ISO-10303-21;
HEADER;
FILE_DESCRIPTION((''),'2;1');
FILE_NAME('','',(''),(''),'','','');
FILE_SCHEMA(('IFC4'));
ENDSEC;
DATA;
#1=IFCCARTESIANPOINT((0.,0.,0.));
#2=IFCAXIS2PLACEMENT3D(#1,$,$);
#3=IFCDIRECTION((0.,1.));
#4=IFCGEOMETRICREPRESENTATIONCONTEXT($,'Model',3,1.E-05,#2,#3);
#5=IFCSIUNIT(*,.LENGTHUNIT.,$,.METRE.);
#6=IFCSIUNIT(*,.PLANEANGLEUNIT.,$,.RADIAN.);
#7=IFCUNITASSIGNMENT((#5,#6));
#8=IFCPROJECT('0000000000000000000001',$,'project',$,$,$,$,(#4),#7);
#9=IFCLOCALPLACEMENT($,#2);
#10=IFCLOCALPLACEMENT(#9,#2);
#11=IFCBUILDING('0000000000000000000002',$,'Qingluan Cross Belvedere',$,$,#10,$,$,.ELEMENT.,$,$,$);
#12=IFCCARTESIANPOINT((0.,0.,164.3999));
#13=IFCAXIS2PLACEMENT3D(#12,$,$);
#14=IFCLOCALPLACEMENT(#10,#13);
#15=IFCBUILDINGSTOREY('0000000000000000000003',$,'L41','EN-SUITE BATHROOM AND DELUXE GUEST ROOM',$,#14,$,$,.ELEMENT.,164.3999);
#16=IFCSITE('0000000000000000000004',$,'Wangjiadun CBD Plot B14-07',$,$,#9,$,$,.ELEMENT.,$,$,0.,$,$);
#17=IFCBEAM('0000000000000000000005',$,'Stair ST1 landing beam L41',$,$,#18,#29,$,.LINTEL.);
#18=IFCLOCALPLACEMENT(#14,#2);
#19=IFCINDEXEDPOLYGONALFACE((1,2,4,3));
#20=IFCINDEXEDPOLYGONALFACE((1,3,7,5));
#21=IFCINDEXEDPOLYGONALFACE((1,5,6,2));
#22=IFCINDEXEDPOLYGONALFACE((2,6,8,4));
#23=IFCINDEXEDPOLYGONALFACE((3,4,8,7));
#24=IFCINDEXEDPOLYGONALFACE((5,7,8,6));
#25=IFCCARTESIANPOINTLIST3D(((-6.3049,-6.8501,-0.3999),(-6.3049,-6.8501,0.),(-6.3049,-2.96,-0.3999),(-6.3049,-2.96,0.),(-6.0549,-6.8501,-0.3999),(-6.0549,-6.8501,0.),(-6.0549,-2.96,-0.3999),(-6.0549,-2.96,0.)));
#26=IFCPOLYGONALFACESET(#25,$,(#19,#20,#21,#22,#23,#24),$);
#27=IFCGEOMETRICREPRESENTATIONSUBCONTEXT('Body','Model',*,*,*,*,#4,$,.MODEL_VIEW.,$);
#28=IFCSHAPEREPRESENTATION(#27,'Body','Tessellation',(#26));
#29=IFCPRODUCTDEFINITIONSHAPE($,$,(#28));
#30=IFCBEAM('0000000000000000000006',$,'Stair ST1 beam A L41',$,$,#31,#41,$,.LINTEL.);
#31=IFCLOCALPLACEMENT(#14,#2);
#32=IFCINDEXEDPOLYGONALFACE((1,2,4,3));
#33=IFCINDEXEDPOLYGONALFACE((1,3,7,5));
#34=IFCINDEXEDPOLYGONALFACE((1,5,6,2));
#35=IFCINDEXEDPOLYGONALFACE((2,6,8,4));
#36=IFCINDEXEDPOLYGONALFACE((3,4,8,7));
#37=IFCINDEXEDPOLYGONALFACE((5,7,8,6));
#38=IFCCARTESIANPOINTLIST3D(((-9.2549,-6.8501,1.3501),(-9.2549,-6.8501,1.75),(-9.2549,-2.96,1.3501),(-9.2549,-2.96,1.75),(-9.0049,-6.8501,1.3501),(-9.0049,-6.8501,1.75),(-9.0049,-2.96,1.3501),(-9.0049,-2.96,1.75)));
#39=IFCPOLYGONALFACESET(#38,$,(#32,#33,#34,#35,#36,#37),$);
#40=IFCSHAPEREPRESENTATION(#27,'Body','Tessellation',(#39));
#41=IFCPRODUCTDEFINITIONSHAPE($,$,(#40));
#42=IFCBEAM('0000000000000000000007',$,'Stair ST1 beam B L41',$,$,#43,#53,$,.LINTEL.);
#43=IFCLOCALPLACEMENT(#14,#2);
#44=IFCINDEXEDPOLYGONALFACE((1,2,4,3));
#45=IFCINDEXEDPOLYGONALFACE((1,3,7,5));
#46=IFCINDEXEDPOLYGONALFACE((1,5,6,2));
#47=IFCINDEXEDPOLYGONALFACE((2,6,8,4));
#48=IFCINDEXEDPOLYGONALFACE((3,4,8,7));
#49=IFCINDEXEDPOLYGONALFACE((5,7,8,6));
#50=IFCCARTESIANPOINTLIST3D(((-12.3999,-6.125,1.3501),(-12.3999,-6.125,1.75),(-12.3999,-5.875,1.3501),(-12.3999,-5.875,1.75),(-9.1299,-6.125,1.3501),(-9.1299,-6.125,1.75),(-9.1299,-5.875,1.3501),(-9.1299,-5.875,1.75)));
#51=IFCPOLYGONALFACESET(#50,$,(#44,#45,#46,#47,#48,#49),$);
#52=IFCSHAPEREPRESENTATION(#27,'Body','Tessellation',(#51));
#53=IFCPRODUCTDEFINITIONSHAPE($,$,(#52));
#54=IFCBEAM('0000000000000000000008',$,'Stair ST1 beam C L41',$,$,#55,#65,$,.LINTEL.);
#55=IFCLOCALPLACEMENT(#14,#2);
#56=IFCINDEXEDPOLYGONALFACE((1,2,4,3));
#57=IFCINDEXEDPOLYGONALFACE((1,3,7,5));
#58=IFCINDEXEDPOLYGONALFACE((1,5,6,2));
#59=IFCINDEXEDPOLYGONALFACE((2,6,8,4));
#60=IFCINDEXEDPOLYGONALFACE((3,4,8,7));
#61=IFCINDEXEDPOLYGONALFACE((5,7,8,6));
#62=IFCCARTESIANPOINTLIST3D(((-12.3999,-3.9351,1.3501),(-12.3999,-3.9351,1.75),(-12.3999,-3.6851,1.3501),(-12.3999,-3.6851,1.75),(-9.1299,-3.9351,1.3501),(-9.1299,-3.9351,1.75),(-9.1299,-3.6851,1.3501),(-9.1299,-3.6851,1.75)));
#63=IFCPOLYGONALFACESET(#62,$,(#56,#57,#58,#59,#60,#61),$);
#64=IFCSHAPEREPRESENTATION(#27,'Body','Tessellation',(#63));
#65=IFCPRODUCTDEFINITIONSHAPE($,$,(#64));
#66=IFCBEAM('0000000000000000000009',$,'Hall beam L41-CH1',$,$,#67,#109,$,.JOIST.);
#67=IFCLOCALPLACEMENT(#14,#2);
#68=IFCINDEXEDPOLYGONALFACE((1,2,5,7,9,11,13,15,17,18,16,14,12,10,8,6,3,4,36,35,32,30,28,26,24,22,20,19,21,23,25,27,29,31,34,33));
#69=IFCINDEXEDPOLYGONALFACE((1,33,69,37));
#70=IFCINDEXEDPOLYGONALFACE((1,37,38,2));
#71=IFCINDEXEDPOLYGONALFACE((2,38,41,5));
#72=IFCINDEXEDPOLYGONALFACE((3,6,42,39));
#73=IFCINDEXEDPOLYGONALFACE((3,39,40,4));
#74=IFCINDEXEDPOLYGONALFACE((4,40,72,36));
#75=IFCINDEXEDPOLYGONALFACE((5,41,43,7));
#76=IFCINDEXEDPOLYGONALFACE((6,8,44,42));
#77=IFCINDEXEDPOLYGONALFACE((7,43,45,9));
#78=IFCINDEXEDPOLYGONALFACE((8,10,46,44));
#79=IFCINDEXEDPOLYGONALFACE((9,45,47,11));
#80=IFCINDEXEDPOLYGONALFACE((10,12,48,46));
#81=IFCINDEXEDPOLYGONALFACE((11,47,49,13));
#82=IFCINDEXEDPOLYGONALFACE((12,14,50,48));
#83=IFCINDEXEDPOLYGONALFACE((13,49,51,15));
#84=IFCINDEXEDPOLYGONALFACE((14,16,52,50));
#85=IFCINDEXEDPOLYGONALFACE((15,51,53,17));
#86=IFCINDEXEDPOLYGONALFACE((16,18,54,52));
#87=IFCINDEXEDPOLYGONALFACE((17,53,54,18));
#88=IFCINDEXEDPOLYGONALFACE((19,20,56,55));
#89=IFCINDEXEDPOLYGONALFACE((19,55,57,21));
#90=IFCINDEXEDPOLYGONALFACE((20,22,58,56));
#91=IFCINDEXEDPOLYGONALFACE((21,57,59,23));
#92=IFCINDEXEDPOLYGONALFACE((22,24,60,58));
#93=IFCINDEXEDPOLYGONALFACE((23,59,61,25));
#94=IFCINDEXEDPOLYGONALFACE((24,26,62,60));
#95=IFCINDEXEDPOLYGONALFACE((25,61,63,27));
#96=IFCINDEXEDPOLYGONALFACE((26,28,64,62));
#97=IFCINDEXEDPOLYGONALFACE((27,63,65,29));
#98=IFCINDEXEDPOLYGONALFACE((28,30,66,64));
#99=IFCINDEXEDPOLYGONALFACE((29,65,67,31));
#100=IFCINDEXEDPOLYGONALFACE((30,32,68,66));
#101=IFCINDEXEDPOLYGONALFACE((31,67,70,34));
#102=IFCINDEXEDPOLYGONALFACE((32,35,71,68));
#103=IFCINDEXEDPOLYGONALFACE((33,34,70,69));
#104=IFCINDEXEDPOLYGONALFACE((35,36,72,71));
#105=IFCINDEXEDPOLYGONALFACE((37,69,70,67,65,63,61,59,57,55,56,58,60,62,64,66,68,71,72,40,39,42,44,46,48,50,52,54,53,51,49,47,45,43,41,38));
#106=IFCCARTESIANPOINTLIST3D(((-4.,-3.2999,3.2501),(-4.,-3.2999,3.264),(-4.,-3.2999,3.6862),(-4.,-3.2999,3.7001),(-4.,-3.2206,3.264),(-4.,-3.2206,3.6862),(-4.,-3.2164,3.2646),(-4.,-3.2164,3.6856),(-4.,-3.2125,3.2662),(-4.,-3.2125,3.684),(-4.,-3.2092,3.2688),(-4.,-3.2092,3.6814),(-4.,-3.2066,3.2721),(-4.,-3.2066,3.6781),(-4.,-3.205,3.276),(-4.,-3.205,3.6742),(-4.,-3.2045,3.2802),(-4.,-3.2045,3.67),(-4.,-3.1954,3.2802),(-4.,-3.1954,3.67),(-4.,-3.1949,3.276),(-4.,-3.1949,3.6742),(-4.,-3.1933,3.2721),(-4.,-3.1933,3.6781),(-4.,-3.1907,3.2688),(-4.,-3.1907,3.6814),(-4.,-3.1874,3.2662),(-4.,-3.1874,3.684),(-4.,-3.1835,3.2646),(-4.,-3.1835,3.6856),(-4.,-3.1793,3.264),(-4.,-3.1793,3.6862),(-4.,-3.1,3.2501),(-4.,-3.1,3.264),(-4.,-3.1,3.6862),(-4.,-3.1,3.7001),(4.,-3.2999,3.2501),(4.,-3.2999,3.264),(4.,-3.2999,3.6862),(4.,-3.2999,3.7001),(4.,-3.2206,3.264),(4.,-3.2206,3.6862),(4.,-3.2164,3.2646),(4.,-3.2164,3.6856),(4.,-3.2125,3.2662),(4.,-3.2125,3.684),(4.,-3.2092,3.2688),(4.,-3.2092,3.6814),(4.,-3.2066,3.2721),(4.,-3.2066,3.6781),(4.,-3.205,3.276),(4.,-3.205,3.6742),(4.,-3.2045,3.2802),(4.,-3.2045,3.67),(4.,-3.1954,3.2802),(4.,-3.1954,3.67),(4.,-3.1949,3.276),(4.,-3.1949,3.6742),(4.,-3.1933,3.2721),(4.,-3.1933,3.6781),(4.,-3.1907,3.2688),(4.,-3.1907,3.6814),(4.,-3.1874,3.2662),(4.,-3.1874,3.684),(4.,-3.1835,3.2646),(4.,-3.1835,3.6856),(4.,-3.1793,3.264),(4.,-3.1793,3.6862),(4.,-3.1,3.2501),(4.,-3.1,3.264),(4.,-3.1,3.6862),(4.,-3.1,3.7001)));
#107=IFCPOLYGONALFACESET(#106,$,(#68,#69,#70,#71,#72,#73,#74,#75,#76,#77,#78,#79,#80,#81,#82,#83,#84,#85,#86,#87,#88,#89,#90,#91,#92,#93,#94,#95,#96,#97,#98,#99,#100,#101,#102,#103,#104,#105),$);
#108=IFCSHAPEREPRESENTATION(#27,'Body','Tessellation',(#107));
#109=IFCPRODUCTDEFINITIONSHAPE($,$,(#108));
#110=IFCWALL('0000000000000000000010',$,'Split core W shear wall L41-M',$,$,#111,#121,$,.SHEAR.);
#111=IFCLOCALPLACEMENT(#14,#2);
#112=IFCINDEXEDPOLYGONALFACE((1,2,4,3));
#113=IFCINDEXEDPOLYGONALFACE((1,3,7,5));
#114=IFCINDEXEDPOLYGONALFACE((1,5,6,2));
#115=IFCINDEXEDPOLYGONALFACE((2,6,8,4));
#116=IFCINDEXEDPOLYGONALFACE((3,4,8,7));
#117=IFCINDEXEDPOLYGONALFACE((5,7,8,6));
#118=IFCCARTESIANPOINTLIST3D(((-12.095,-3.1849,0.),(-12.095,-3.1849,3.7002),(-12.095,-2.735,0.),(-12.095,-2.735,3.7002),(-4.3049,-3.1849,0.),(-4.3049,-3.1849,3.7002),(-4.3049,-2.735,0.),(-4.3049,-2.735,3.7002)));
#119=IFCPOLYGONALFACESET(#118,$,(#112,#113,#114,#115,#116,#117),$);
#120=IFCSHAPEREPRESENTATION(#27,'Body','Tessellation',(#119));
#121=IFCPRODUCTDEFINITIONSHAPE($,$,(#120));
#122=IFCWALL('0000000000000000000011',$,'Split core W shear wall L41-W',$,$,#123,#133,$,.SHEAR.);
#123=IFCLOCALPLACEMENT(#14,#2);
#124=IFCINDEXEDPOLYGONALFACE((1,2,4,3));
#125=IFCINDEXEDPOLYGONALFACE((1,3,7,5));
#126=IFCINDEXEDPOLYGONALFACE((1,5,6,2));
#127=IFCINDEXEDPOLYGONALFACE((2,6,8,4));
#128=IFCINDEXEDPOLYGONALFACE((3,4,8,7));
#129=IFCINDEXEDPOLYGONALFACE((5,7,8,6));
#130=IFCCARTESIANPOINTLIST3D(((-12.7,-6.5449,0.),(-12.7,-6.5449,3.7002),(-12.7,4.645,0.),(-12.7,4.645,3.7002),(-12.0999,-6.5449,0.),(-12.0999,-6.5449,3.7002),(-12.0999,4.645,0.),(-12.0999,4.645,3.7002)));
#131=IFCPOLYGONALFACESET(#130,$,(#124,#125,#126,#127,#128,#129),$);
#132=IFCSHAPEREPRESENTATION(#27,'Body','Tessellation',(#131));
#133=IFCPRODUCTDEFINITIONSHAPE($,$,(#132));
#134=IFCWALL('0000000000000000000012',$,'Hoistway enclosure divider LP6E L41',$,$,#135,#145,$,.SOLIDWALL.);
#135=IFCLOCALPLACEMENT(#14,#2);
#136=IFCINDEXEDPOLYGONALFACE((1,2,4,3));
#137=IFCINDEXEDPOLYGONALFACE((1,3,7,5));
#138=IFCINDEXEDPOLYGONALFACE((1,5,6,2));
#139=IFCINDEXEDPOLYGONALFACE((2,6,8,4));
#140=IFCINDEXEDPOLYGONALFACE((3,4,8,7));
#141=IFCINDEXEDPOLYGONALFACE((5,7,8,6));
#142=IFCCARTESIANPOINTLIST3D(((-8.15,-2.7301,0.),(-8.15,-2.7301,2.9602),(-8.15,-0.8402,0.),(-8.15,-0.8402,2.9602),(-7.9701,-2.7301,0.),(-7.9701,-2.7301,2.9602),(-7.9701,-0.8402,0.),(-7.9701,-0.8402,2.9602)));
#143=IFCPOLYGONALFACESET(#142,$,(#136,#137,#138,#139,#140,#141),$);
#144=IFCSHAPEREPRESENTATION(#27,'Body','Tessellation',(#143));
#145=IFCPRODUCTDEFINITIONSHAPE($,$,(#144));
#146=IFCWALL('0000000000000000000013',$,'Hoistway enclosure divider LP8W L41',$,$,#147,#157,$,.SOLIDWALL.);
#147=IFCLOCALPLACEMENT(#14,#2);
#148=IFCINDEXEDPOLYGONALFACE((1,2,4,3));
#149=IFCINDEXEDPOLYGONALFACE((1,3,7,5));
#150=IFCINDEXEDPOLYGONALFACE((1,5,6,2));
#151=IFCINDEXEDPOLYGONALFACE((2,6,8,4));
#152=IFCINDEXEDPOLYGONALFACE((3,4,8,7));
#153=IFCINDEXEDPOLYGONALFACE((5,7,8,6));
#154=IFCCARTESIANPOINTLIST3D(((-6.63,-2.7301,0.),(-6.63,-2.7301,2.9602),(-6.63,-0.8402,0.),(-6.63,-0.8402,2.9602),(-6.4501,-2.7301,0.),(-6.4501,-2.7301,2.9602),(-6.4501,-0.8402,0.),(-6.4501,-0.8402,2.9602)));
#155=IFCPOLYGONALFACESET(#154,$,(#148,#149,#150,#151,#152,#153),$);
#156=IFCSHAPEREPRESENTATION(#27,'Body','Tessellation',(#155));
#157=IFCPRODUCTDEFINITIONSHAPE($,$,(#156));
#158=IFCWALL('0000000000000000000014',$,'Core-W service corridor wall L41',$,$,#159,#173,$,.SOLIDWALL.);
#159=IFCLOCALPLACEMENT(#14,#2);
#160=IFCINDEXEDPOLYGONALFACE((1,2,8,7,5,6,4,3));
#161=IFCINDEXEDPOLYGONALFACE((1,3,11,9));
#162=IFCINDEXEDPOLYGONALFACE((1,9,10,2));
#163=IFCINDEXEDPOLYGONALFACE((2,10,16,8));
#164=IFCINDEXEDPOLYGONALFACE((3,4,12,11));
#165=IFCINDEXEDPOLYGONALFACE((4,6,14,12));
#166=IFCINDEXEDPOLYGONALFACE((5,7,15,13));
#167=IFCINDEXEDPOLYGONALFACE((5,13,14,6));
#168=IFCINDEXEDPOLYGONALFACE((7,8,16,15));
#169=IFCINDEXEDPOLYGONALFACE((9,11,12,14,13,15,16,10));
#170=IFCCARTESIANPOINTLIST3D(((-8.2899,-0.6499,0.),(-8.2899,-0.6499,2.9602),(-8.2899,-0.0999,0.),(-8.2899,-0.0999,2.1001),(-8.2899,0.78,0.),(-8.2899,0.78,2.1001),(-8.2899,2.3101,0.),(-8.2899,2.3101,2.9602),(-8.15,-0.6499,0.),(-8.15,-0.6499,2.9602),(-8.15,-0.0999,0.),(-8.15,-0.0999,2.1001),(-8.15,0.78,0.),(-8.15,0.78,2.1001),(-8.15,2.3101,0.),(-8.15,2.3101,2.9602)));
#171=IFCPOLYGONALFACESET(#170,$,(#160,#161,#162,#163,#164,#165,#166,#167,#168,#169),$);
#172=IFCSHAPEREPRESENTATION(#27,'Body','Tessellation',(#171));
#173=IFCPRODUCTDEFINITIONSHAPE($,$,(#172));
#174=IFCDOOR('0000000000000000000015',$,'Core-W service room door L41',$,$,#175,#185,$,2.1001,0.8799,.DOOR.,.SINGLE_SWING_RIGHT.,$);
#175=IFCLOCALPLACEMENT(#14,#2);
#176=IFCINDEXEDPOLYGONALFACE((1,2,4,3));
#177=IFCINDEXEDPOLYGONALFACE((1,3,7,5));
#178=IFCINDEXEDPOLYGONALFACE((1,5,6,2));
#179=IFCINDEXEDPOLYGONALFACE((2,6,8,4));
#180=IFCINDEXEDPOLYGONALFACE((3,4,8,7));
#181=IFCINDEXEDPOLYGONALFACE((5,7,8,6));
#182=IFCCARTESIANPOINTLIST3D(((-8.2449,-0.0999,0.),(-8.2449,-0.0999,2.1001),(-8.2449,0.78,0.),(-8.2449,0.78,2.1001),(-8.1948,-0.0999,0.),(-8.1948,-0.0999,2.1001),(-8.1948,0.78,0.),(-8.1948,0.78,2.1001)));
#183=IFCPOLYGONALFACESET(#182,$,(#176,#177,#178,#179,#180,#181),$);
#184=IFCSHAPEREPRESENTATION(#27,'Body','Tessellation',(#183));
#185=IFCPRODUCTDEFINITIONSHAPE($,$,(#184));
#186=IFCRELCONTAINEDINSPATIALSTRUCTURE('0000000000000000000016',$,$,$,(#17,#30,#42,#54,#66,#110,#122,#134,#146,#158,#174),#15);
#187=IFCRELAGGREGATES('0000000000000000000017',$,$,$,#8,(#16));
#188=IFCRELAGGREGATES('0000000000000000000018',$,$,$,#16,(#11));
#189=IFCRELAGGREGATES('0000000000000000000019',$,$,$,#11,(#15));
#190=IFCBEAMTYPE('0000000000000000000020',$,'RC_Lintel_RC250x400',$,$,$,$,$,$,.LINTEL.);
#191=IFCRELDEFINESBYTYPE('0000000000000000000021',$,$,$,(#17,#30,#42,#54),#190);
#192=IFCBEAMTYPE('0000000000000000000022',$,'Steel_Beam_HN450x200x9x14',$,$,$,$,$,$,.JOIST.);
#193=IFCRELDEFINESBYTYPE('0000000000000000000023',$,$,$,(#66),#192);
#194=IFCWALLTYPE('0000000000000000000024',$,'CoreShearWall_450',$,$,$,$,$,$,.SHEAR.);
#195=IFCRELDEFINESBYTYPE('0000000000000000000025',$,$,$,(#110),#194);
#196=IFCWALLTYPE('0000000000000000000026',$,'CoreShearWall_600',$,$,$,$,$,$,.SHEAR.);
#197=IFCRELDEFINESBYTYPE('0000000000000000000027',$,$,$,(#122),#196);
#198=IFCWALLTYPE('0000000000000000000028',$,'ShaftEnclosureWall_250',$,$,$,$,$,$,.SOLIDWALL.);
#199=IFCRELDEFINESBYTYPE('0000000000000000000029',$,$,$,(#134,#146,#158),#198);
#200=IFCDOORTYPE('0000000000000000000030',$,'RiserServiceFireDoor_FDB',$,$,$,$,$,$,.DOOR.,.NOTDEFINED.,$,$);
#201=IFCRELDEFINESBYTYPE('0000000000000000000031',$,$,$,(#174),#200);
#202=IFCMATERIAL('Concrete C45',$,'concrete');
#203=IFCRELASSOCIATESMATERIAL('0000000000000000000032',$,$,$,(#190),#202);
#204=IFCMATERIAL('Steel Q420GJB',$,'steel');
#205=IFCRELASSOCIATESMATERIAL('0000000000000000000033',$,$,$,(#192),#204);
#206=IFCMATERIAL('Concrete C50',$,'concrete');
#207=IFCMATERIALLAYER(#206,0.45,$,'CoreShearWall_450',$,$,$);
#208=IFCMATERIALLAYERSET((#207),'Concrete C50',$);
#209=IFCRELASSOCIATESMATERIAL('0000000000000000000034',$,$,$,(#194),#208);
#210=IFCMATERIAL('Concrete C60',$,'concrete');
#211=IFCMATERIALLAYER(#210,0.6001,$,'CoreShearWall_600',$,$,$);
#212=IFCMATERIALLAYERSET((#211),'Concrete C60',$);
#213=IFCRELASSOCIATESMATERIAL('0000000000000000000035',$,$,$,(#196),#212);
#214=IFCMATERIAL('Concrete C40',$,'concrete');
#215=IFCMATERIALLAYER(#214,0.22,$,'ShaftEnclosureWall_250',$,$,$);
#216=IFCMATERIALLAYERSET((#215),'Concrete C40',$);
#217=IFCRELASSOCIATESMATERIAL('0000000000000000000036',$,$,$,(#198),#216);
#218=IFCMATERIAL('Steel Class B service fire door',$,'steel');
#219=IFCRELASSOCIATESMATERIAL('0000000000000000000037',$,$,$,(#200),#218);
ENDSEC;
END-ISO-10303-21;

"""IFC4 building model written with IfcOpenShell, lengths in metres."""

from ifc_helpers import new_model, si_unit, direction, frame, frame_2d, origin, origin_2d, place, context, subcontext, project, spatial, rectangle, i_section, extrude, material, layer, layer_set, material_profile, profile_set, type_object, element, fill, save


model = new_model("IFC4")

# Units and contexts
model_context = context("Model", 3, precision=1e-05, world=origin(), true_north=direction((0.0, 1.0)))
body_context = subcontext(model_context, "Body", "Model", "MODEL_VIEW")
ifc_project = project(units=[si_unit("LENGTHUNIT", "METRE"), si_unit("PLANEANGLEUNIT", "RADIAN")], contexts=[model_context])

# Site, building, storey
site_placement = place(None, origin())
site = spatial("IfcSite", under=ifc_project, at=site_placement, Name="Wangjiadun CBD Plot B14-07", CompositionType="ELEMENT", RefElevation=0.0)
building_placement = place(site_placement, origin())
building = spatial("IfcBuilding", under=site, at=building_placement, Name="Qingluan Cross Belvedere", CompositionType="ELEMENT")
storey_placement = place(building_placement, frame((0.0, 0.0, 164.3999)))
storey = spatial("IfcBuildingStorey", under=building, at=storey_placement, Name="L41", Description="EN-SUITE BATHROOM AND DELUXE GUEST ROOM", CompositionType="ELEMENT", Elevation=164.3999)

# Beams
ifc_material_1 = material(Name="Concrete C45", Category="concrete")
ifc_material_profile_1 = material_profile(ifc_material_1, rectangle(XDim=0.25, YDim=0.3999, at=origin_2d()), Name="RC250x400")
ifc_profile_set_1 = profile_set([ifc_material_profile_1], Name="Concrete C45")
beam_type_1 = type_object("IfcBeamType", Name="RC_Lintel_RC250x400", PredefinedType="LINTEL", material=ifc_profile_set_1)
for number, where, z_axis, x_axis, name in (
    (1, (-6.1799, -6.8501, -0.2), (0.0, 1.0, 0.0), (-1.0, 0.0, 0.0), "Stair ST1 landing beam L41"),
    (2, (-9.1299, -6.8501, 1.55), (0.0, 1.0, 0.0), (-1.0, 0.0, 0.0), "Stair ST1 beam A L41"),
):
    element("IfcBeam", number, at=place(storey_placement, frame(where, z_axis=z_axis, x_axis=x_axis)), inside=storey, type_object=beam_type_1, Name=name, PredefinedType="LINTEL", context=body_context, shape_type="SweptSolid", body=[
        extrude(rectangle(XDim=0.25, YDim=0.3999, at=origin_2d()), origin(), (0.0, 0.0, 1.0), 3.8901),
    ])
for number, where, z_axis, x_axis, name in (
    (3, (-12.3999, -6.0, 1.55), (1.0, 0.0, 0.0), (0.0, 1.0, 0.0), "Stair ST1 beam B L41"),
    (4, (-12.3999, -3.8101, 1.55), (1.0, 0.0, 0.0), (0.0, 1.0, 0.0), "Stair ST1 beam C L41"),
):
    element("IfcBeam", number, at=place(storey_placement, frame(where, z_axis=z_axis, x_axis=x_axis)), inside=storey, type_object=beam_type_1, Name=name, PredefinedType="LINTEL", context=body_context, shape_type="SweptSolid", body=[
        extrude(rectangle(XDim=0.25, YDim=0.3999, at=origin_2d()), origin(), (0.0, 0.0, 1.0), 3.27),
    ])
ifc_material_2 = material(Name="Steel Q420GJB", Category="steel")
ifc_material_profile_2 = material_profile(ifc_material_2, i_section(OverallWidth=0.2, OverallDepth=0.45, WebThickness=0.009, FlangeThickness=0.0139, FilletRadius=0.0161, at=origin_2d()), Name="HN450x200x9x14")
ifc_profile_set_2 = profile_set([ifc_material_profile_2], Name="Steel Q420GJB")
beam_type_2 = type_object("IfcBeamType", Name="Steel_Beam_HN450x200x9x14", PredefinedType="JOIST", material=ifc_profile_set_2)
beam_placement = place(storey_placement, frame((-4.0, -3.2, 3.4751), z_axis=(1.0, 0.0, 0.0), x_axis=(0.0, 1.0, 0.0)))
element("IfcBeam", 5, at=beam_placement, inside=storey, type_object=beam_type_2, Name="Hall beam L41-CH1", PredefinedType="JOIST", context=body_context, shape_type="SweptSolid", body=[
    extrude(i_section(OverallWidth=0.2, OverallDepth=0.45, WebThickness=0.009, FlangeThickness=0.0139, FilletRadius=0.0161, at=origin_2d()), origin(), (0.0, 0.0, 1.0), 8.0),
])

# Walls
ifc_material_3 = material(Name="Concrete C50", Category="concrete")
ifc_layer_1 = layer(ifc_material_3, 0.45, Name="CoreShearWall_450")
ifc_layer_set_1 = layer_set([ifc_layer_1], Name="Concrete C50")
wall_type_1 = type_object("IfcWallType", Name="CoreShearWall_450", PredefinedType="SHEAR", material=ifc_layer_set_1)
wall_1_placement = place(storey_placement, frame((-12.095, -2.96, 0.0), z_axis=(0.0, 0.0, 1.0), x_axis=(1.0, 0.0, 0.0)))
element("IfcWall", 6, at=wall_1_placement, inside=storey, type_object=wall_type_1, Name="Split core W shear wall L41-M", PredefinedType="SHEAR", context=body_context, shape_type="SweptSolid", body=[
    extrude(rectangle(XDim=7.79, YDim=0.45, at=frame_2d((3.895, 0.0))), origin(), (0.0, 0.0, 1.0), 3.7002),
])
ifc_material_4 = material(Name="Concrete C60", Category="concrete")
ifc_layer_2 = layer(ifc_material_4, 0.6001, Name="CoreShearWall_600")
ifc_layer_set_2 = layer_set([ifc_layer_2], Name="Concrete C60")
wall_type_2 = type_object("IfcWallType", Name="CoreShearWall_600", PredefinedType="SHEAR", material=ifc_layer_set_2)
wall_2_placement = place(storey_placement, frame((-12.3999, -6.5449, 0.0), z_axis=(0.0, 0.0, 1.0), x_axis=(0.0, 1.0, 0.0)))
element("IfcWall", 7, at=wall_2_placement, inside=storey, type_object=wall_type_2, Name="Split core W shear wall L41-W", PredefinedType="SHEAR", context=body_context, shape_type="SweptSolid", body=[
    extrude(rectangle(XDim=11.1899, YDim=0.6001, at=frame_2d((5.595, 0.0))), origin(), (0.0, 0.0, 1.0), 3.7002),
])

# Shared definitions
ifc_material_5 = material(Name="Concrete C40", Category="concrete")
ifc_layer_3 = layer(ifc_material_5, 0.22, Name="ShaftEnclosureWall_250")
ifc_layer_set_3 = layer_set([ifc_layer_3], Name="Concrete C40")
wall_type_3 = type_object("IfcWallType", Name="ShaftEnclosureWall_250", PredefinedType="SOLIDWALL", material=ifc_layer_set_3)

# Walls
for number, where, z_axis, x_axis, name in (
    (8, (-8.0601, -2.73, 0.0), (0.0, 0.0, 1.0), (0.0, 1.0, 0.0), "Hoistway enclosure divider LP6E L41"),
    (9, (-6.54, -2.73, 0.0), (0.0, 0.0, 1.0), (0.0, 1.0, 0.0), "Hoistway enclosure divider LP8W L41"),
):
    element("IfcWall", number, at=place(storey_placement, frame(where, z_axis=z_axis, x_axis=x_axis)), inside=storey, type_object=wall_type_3, Name=name, PredefinedType="SOLIDWALL", context=body_context, shape_type="SweptSolid", body=[
        extrude(rectangle(XDim=1.8899, YDim=0.1799, at=frame_2d((0.9448, 0.0))), origin(), (0.0, 0.0, 1.0), 2.9602),
    ])

# Wall, opening, door
wall_3_placement = place(storey_placement, frame((-8.22, -0.6499, 0.0), z_axis=(0.0, 0.0, 1.0), x_axis=(0.0, 1.0, 0.0)))
wall_3 = element("IfcWall", 10, at=wall_3_placement, inside=storey, type_object=wall_type_3, Name="Core-W service corridor wall L41", PredefinedType="SOLIDWALL", context=body_context, shape_type="SweptSolid", body=[
    extrude(rectangle(XDim=2.96, YDim=0.1399, at=frame_2d((1.48, 0.0))), origin(), (0.0, 0.0, 1.0), 2.9602),
])
opening_1_placement = place(wall_3_placement, frame((0.55, 0.0, 0.0)))
opening_1 = element("IfcOpeningElement", 11, at=opening_1_placement, cuts=wall_3, PredefinedType="OPENING", context=body_context, shape_type="SweptSolid", body=[
    extrude(rectangle(XDim=0.8799, YDim=2.1001, at=frame_2d((0.4399, 1.05))), frame((0.0, 0.0798, 0.0), z_axis=(0.0, -1.0, 0.0), x_axis=(1.0, 0.0, 0.0)), (0.0, 0.0, 1.0), 0.1599),
])
ifc_material_6 = material(Name="Steel Class B service fire door", Category="steel")
door_type_1 = type_object("IfcDoorType", Name="RiserServiceFireDoor_FDB", OperationType="NOTDEFINED", PredefinedType="DOOR", material=ifc_material_6)
door_1_placement = place(opening_1_placement, origin())
door_1 = element("IfcDoor", 12, at=door_1_placement, inside=storey, type_object=door_type_1, Name="Core-W service room door L41", OperationType="SINGLE_SWING_RIGHT", OverallHeight=2.1001, OverallWidth=0.8799, PredefinedType="DOOR", context=body_context, shape_type="SweptSolid", body=[
    extrude(rectangle(XDim=0.8799, YDim=2.1001, at=frame_2d((0.4399, 1.05))), frame((0.0, 0.0249, 0.0), z_axis=(0.0, -1.0, 0.0), x_axis=(1.0, 0.0, 0.0)), (0.0, 0.0, 1.0), 0.05),
])
fill(opening_1, door_1)

save(model, "model.ifc")
